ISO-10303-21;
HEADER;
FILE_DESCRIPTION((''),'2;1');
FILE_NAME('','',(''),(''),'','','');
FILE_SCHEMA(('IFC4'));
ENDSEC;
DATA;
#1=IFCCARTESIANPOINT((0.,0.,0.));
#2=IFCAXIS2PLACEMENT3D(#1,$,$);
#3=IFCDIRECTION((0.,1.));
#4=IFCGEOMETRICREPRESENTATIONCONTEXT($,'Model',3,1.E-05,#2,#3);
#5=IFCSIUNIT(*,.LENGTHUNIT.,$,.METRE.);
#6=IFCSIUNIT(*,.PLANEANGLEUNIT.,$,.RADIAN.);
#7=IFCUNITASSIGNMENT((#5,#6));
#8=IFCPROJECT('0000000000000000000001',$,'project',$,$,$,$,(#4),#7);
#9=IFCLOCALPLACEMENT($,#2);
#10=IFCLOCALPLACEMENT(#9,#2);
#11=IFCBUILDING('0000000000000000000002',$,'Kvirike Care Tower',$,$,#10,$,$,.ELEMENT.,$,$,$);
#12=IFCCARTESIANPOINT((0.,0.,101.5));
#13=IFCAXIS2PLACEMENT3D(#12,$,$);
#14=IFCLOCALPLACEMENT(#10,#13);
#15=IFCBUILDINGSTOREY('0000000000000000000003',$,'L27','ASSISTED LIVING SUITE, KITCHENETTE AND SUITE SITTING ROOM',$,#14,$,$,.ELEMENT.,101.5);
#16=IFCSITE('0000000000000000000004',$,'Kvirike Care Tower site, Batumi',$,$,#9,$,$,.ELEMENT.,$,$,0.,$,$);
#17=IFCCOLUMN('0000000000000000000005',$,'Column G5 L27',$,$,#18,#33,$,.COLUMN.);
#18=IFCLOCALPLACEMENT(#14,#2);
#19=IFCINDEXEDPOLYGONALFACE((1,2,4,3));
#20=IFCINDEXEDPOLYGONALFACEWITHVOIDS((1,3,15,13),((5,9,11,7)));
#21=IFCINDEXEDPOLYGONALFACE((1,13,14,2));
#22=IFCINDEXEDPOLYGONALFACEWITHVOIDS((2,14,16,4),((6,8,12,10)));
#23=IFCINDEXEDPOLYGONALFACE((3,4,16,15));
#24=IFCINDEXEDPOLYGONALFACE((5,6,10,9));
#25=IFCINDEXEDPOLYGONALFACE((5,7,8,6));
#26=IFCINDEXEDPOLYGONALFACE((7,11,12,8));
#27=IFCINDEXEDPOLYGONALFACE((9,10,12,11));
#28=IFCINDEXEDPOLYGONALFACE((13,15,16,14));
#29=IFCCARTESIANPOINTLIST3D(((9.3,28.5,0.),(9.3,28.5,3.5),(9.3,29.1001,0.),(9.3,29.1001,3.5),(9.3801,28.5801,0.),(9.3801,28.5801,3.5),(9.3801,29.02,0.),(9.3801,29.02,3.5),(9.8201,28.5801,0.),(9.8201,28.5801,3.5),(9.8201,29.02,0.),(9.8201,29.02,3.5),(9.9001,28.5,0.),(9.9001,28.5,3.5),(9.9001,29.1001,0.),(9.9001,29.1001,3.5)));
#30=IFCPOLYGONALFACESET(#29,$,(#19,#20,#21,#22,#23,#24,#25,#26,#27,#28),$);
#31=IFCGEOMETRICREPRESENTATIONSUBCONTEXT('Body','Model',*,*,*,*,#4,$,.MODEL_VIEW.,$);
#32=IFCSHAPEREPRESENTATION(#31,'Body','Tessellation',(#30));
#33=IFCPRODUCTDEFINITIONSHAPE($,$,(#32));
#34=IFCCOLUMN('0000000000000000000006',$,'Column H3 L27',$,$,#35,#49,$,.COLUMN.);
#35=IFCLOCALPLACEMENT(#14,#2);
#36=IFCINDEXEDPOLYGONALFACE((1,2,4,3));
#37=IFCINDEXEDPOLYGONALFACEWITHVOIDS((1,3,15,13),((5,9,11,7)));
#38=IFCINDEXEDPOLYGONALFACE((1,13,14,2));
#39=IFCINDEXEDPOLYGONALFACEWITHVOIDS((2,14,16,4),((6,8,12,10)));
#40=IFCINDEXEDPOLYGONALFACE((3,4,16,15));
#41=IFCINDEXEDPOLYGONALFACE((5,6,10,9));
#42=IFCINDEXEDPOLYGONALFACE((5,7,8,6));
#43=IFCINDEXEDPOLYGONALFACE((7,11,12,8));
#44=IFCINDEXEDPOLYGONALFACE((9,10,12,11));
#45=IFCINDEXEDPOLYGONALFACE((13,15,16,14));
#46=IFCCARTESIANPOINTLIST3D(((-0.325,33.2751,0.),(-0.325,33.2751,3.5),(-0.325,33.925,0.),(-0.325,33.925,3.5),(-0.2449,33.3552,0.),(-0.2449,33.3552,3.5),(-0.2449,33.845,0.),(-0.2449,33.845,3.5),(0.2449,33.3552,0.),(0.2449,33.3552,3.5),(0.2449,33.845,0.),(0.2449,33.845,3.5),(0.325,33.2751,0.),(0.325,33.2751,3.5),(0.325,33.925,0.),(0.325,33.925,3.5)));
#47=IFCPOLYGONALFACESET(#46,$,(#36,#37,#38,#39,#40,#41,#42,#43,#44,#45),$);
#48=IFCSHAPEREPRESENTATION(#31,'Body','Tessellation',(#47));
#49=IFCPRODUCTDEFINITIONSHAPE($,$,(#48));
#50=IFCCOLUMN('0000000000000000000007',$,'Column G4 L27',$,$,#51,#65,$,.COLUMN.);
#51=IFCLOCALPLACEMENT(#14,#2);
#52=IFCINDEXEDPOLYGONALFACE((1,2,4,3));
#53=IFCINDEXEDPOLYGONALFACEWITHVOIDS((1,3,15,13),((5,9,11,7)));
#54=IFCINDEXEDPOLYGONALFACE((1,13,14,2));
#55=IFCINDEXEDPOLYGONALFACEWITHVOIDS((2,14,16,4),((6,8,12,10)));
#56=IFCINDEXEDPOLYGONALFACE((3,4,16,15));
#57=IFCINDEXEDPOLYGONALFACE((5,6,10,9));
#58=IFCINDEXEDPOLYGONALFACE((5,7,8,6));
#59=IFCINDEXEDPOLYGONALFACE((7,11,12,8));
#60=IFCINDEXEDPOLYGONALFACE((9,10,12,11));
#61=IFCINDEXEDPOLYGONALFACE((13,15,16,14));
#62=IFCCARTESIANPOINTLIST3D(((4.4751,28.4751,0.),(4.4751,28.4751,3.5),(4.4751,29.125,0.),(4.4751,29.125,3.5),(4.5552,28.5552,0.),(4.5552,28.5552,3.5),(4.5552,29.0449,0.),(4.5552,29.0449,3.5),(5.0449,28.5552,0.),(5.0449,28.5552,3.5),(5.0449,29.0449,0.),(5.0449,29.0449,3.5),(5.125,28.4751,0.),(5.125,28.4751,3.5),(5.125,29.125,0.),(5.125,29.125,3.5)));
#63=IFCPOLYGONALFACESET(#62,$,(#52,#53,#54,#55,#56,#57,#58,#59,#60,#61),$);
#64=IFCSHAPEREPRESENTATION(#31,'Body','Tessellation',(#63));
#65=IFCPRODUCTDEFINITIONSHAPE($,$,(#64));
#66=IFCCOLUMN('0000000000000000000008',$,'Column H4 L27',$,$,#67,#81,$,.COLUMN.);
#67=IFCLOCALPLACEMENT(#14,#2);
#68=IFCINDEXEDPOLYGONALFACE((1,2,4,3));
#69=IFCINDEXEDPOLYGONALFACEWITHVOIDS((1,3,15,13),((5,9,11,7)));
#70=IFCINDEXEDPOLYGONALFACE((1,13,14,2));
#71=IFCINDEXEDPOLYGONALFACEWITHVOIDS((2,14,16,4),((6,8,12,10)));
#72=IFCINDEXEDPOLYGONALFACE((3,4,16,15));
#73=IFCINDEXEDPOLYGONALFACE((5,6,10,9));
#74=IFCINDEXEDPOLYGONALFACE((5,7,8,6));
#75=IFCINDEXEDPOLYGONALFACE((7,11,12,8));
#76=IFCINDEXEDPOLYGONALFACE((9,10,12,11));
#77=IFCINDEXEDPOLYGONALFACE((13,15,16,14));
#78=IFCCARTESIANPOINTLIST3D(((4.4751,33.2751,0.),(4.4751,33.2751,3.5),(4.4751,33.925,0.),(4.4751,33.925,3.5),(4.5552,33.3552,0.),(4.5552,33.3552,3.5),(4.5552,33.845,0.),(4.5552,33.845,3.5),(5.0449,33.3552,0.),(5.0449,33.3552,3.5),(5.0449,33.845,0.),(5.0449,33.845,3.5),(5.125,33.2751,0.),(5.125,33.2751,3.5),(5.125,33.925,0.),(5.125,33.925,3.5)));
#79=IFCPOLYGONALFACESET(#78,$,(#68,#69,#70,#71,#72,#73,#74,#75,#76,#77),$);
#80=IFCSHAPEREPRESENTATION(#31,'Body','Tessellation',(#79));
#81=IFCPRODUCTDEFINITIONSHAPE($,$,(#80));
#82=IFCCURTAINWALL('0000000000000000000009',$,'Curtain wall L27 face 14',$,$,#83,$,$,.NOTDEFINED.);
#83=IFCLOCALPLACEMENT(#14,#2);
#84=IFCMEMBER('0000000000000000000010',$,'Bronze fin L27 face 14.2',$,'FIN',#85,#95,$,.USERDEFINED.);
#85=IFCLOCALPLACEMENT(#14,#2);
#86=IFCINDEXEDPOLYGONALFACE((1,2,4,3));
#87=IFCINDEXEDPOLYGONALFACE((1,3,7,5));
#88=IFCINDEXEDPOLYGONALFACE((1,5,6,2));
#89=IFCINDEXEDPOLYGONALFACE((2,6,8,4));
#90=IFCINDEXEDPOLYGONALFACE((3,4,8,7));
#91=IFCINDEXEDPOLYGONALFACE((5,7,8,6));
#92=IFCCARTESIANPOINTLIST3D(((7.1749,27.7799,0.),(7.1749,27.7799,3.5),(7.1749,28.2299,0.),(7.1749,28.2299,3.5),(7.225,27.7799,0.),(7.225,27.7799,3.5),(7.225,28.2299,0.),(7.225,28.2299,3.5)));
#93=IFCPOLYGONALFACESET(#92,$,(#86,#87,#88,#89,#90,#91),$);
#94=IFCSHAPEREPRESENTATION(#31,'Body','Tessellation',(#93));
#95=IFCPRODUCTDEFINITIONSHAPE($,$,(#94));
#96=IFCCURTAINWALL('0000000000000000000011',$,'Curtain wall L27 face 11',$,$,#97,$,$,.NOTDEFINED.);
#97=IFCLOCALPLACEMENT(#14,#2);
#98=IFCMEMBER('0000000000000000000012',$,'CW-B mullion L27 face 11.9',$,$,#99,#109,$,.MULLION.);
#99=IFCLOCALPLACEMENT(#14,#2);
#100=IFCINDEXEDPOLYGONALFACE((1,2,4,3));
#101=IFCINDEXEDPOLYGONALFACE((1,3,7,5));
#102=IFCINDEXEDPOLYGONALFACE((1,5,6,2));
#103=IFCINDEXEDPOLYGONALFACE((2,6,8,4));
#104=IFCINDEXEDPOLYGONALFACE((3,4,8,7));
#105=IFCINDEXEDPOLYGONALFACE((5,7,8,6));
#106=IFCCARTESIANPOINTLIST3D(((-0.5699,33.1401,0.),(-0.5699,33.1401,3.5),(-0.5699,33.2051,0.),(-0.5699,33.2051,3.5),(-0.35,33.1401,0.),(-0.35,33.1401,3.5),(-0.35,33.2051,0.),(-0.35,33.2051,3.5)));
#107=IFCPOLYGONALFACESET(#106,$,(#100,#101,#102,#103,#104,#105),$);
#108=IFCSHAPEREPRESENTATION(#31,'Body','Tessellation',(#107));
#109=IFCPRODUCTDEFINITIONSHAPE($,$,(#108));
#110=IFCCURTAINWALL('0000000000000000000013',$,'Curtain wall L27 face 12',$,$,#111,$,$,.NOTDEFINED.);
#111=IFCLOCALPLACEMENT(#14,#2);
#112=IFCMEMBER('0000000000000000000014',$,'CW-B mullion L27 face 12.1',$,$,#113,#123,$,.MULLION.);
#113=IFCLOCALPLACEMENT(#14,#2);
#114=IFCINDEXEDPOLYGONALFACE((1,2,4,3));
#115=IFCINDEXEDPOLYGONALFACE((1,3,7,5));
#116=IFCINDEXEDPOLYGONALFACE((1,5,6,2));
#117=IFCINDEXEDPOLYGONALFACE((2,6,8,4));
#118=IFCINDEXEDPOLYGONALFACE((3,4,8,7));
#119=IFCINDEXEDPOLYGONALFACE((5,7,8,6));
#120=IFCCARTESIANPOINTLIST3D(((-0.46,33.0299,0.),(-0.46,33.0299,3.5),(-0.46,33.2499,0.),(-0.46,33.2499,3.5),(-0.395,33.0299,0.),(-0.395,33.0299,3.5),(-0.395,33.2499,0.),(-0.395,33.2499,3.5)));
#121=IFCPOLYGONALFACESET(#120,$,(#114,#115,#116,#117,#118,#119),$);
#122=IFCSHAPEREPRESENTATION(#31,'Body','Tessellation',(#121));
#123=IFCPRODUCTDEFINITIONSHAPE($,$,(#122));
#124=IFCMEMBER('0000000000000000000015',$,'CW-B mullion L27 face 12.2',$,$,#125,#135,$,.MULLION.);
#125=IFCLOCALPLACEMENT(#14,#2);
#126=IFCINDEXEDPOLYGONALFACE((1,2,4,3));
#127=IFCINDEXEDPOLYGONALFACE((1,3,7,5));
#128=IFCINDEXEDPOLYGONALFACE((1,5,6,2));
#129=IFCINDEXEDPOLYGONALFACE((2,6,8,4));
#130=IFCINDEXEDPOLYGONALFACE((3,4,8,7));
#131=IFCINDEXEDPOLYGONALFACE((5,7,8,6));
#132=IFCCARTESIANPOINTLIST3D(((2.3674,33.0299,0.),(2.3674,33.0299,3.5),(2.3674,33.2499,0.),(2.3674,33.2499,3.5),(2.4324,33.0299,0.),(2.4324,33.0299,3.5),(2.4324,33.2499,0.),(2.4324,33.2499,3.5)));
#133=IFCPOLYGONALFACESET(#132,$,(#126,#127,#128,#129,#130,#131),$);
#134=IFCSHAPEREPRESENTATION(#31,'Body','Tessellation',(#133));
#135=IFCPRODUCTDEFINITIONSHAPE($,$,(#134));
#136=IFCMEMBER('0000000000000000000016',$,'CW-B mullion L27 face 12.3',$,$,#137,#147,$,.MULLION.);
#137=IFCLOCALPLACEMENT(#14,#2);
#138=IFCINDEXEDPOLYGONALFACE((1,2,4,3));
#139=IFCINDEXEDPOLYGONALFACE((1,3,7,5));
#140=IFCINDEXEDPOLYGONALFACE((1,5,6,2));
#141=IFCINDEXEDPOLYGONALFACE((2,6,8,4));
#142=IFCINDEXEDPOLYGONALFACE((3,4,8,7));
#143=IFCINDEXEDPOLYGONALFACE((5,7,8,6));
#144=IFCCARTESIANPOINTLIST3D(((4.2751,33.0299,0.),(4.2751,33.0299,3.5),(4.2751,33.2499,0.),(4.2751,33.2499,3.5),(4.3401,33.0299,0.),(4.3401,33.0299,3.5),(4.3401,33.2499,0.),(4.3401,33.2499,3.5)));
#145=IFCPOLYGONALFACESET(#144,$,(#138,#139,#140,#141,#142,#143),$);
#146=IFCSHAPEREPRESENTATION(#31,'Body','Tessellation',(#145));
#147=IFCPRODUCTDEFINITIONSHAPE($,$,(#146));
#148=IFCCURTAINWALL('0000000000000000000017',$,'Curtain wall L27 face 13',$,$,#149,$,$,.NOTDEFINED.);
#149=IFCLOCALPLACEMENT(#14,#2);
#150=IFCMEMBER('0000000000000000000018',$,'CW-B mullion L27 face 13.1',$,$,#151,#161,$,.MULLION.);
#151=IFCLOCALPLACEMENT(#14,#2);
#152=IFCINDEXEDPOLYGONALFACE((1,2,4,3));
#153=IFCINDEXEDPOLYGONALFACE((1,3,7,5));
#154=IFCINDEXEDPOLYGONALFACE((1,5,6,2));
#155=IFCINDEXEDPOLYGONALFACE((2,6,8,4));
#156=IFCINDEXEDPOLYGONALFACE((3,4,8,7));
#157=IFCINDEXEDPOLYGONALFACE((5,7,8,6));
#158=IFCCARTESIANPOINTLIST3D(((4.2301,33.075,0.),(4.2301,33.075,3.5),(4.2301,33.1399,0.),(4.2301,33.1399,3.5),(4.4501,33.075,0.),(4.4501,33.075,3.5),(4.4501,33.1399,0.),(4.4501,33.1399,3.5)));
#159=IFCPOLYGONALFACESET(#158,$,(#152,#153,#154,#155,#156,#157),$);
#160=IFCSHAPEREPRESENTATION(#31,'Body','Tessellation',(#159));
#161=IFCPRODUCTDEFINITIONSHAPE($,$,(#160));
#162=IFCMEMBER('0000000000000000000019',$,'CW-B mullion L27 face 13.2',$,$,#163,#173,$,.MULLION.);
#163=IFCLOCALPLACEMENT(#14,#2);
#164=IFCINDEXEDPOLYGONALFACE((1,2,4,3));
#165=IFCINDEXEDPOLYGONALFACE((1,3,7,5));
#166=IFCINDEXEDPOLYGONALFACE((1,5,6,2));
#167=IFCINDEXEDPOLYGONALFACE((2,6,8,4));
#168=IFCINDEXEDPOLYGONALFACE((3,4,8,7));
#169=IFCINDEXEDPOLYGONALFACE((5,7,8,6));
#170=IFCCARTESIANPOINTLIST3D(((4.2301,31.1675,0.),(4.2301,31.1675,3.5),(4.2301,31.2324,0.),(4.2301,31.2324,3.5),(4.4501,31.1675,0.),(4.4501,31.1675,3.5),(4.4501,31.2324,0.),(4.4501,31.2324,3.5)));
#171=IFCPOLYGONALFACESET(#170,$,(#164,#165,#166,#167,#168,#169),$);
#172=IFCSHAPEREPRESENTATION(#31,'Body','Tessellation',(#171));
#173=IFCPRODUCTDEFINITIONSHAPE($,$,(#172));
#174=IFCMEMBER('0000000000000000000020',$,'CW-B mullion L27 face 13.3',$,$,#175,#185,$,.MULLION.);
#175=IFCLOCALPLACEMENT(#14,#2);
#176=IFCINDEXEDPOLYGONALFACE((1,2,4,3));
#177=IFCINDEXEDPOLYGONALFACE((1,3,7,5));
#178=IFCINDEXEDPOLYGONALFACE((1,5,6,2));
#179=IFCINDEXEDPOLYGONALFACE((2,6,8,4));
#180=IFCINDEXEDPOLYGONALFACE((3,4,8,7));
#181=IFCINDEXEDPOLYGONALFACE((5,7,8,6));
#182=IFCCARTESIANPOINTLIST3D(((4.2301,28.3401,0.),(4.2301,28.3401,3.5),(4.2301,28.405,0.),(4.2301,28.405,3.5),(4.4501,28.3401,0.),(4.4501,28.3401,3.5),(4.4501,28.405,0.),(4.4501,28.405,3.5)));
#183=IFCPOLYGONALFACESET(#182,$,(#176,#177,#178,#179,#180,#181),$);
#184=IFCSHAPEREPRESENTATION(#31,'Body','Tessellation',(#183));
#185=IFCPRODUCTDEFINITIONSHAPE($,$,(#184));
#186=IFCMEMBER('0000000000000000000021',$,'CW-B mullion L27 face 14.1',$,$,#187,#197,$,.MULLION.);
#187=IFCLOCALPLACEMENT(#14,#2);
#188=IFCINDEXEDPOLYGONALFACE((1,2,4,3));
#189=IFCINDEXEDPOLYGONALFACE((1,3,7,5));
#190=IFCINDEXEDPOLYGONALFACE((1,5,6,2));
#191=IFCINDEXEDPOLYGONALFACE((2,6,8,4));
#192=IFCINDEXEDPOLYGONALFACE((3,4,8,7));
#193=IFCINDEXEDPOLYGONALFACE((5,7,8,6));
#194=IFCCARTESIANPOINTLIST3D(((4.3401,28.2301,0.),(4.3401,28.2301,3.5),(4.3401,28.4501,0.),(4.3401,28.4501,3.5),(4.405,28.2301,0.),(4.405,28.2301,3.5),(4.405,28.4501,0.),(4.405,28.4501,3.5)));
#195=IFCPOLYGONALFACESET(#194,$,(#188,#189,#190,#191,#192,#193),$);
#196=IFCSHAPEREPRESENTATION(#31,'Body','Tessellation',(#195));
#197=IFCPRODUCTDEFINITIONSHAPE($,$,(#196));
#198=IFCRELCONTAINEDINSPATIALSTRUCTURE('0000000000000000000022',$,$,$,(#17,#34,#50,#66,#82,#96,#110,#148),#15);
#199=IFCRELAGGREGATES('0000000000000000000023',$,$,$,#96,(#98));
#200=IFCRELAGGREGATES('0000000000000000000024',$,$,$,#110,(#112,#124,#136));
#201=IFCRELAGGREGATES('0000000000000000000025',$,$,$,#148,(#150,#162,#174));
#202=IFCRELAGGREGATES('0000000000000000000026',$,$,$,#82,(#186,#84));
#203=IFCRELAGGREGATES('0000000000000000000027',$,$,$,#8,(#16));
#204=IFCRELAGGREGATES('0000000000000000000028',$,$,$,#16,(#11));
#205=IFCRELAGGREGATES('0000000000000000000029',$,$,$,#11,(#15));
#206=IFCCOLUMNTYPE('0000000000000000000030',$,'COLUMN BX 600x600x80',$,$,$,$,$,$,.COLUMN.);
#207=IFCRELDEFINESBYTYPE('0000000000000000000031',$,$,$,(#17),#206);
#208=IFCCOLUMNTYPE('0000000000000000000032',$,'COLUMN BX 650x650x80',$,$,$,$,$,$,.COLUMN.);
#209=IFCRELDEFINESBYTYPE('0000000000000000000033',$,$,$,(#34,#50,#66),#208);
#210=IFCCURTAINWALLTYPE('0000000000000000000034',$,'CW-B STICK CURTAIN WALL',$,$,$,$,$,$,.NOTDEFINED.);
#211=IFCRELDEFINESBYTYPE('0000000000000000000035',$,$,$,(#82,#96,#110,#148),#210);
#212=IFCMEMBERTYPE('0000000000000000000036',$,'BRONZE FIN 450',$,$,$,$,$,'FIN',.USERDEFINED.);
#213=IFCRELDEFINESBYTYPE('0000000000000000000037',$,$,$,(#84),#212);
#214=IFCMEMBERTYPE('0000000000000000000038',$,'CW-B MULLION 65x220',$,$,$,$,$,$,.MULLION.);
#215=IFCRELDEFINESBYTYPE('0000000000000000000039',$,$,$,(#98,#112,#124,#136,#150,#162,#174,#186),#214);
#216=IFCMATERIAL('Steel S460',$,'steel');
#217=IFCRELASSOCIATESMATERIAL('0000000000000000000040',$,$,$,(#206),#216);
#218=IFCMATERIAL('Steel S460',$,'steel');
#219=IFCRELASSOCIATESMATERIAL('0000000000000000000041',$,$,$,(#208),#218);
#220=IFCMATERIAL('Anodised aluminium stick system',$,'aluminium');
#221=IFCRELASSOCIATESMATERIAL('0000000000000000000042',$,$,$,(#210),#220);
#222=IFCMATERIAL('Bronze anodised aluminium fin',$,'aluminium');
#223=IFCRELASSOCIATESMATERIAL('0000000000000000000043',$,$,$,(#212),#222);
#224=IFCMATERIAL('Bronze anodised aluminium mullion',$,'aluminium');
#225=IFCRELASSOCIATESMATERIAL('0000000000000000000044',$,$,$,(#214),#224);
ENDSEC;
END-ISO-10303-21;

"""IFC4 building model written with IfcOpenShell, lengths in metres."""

from ifc_helpers import new_model, si_unit, direction, frame, origin, origin_2d, place, context, subcontext, project, spatial, rectangle, hollow_rectangle, extrude, material, material_profile, profile_set, type_object, element, aggregate, save


model = new_model("IFC4")

# Units and contexts
model_context = context("Model", 3, precision=1e-05, world=origin(), true_north=direction((0.0, 1.0)))
body_context = subcontext(model_context, "Body", "Model", "MODEL_VIEW")
ifc_project = project(units=[si_unit("LENGTHUNIT", "METRE"), si_unit("PLANEANGLEUNIT", "RADIAN")], contexts=[model_context])

# Site, building, storey
site_placement = place(None, origin())
site = spatial("IfcSite", under=ifc_project, at=site_placement, Name="Kvirike Care Tower site, Batumi", CompositionType="ELEMENT", RefElevation=0.0)
building_placement = place(site_placement, origin())
building = spatial("IfcBuilding", under=site, at=building_placement, Name="Kvirike Care Tower", CompositionType="ELEMENT")
storey_placement = place(building_placement, frame((0.0, 0.0, 101.5)))
storey = spatial("IfcBuildingStorey", under=building, at=storey_placement, Name="L27", Description="ASSISTED LIVING SUITE, KITCHENETTE AND SUITE SITTING ROOM", CompositionType="ELEMENT", Elevation=101.5)

# Columns
ifc_material_1 = material(Name="Steel S460", Category="steel")
ifc_material_profile_1 = material_profile(ifc_material_1, hollow_rectangle(XDim=0.6001, YDim=0.6001, WallThickness=0.0801, at=origin_2d()), Name="BX 600x600x80")
ifc_profile_set_1 = profile_set([ifc_material_profile_1], Name="Steel S460")
column_type_1 = type_object("IfcColumnType", Name="COLUMN BX 600x600x80", PredefinedType="COLUMN", material=ifc_profile_set_1)
column_placement = place(storey_placement, frame((9.6001, 28.8, 0.0), z_axis=(0.0, 0.0, 1.0), x_axis=(0.0, 1.0, 0.0)))
element("IfcColumn", 1, at=column_placement, inside=storey, type_object=column_type_1, Name="Column G5 L27", PredefinedType="COLUMN", context=body_context, shape_type="SweptSolid", body=[
    extrude(hollow_rectangle(XDim=0.6001, YDim=0.6001, WallThickness=0.0801, at=origin_2d()), origin(), (0.0, 0.0, 1.0), 3.5),
])
ifc_material_2 = material(Name="Steel S460", Category="steel")
ifc_material_profile_2 = material_profile(ifc_material_2, hollow_rectangle(XDim=0.6499, YDim=0.6499, WallThickness=0.0801, at=origin_2d()), Name="BX 650x650x80")
ifc_profile_set_2 = profile_set([ifc_material_profile_2], Name="Steel S460")
column_type_2 = type_object("IfcColumnType", Name="COLUMN BX 650x650x80", PredefinedType="COLUMN", material=ifc_profile_set_2)
for number, where, z_axis, x_axis, name in (
    (2, (0.0, 33.6001, 0.0), (0.0, 0.0, 1.0), (0.0, 1.0, 0.0), "Column H3 L27"),
    (3, (4.8, 28.8, 0.0), (0.0, 0.0, 1.0), (0.0, 1.0, 0.0), "Column G4 L27"),
    (4, (4.8, 33.6001, 0.0), (0.0, 0.0, 1.0), (0.0, 1.0, 0.0), "Column H4 L27"),
):
    element("IfcColumn", number, at=place(storey_placement, frame(where, z_axis=z_axis, x_axis=x_axis)), inside=storey, type_object=column_type_2, Name=name, PredefinedType="COLUMN", context=body_context, shape_type="SweptSolid", body=[
        extrude(hollow_rectangle(XDim=0.6499, YDim=0.6499, WallThickness=0.0801, at=origin_2d()), origin(), (0.0, 0.0, 1.0), 3.5),
    ])

# Curtain walls, members
ifc_material_3 = material(Name="Anodised aluminium stick system", Category="aluminium")
curtain_wall_type = type_object("IfcCurtainWallType", Name="CW-B STICK CURTAIN WALL", PredefinedType="NOTDEFINED", material=ifc_material_3)
curtain_wall_1_placement = place(storey_placement, origin())
curtain_wall_1 = element("IfcCurtainWall", 5, at=curtain_wall_1_placement, inside=storey, type_object=curtain_wall_type, Name="Curtain wall L27 face 14", PredefinedType="NOTDEFINED")
ifc_material_4 = material(Name="Bronze anodised aluminium fin", Category="aluminium")
ifc_material_profile_3 = material_profile(ifc_material_4, rectangle(XDim=0.05, YDim=0.45, at=origin_2d()), Name="BRONZE FIN 450")
ifc_profile_set_3 = profile_set([ifc_material_profile_3], Name="Bronze anodised aluminium fin")
member_type_1 = type_object("IfcMemberType", Name="BRONZE FIN 450", ElementType="FIN", PredefinedType="USERDEFINED", material=ifc_profile_set_3)
member_1_placement = place(storey_placement, frame((7.2, 28.0049, 0.0), z_axis=(0.0, 0.0, 1.0), x_axis=(1.0, 0.0, 0.0)))
member_1 = element("IfcMember", 6, at=member_1_placement, type_object=member_type_1, Name="Bronze fin L27 face 14.2", ObjectType="FIN", PredefinedType="USERDEFINED", context=body_context, shape_type="SweptSolid", body=[
    extrude(rectangle(XDim=0.05, YDim=0.45, at=origin_2d()), origin(), (0.0, 0.0, 1.0), 3.5),
])
curtain_wall_2_placement = place(storey_placement, origin())
curtain_wall_2 = element("IfcCurtainWall", 7, at=curtain_wall_2_placement, inside=storey, type_object=curtain_wall_type, Name="Curtain wall L27 face 11", PredefinedType="NOTDEFINED")
ifc_material_5 = material(Name="Bronze anodised aluminium mullion", Category="aluminium")
ifc_material_profile_4 = material_profile(ifc_material_5, rectangle(XDim=0.0649, YDim=0.22, at=origin_2d()), Name="CW-B MULLION 65x220")
ifc_profile_set_4 = profile_set([ifc_material_profile_4], Name="Bronze anodised aluminium mullion")
member_type_2 = type_object("IfcMemberType", Name="CW-B MULLION 65x220", PredefinedType="MULLION", material=ifc_profile_set_4)
member_2_placement = place(storey_placement, frame((-0.46, 33.1726, 0.0), z_axis=(0.0, 0.0, 1.0), x_axis=(0.0, -1.0, 0.0)))
member_2 = element("IfcMember", 8, at=member_2_placement, type_object=member_type_2, Name="CW-B mullion L27 face 11.9", PredefinedType="MULLION", context=body_context, shape_type="SweptSolid", body=[
    extrude(rectangle(XDim=0.0649, YDim=0.22, at=origin_2d()), origin(), (0.0, 0.0, 1.0), 3.5),
])
aggregate(curtain_wall_2, [member_2])

# Curtain walls, members
curtain_wall_3_placement = place(storey_placement, origin())
curtain_wall_3 = element("IfcCurtainWall", 9, at=curtain_wall_3_placement, inside=storey, type_object=curtain_wall_type, Name="Curtain wall L27 face 12", PredefinedType="NOTDEFINED")
member_3_placement = place(storey_placement, frame((-0.4275, 33.1399, 0.0), z_axis=(0.0, 0.0, 1.0), x_axis=(1.0, 0.0, 0.0)))
member_3 = element("IfcMember", 10, at=member_3_placement, type_object=member_type_2, Name="CW-B mullion L27 face 12.1", PredefinedType="MULLION", context=body_context, shape_type="SweptSolid", body=[
    extrude(rectangle(XDim=0.0649, YDim=0.22, at=origin_2d()), origin(), (0.0, 0.0, 1.0), 3.5),
])
member_4_placement = place(storey_placement, frame((2.3999, 33.1399, 0.0), z_axis=(0.0, 0.0, 1.0), x_axis=(1.0, 0.0, 0.0)))
member_4 = element("IfcMember", 11, at=member_4_placement, type_object=member_type_2, Name="CW-B mullion L27 face 12.2", PredefinedType="MULLION", context=body_context, shape_type="SweptSolid", body=[
    extrude(rectangle(XDim=0.0649, YDim=0.22, at=origin_2d()), origin(), (0.0, 0.0, 1.0), 3.5),
])
member_5_placement = place(storey_placement, frame((4.3076, 33.1399, 0.0), z_axis=(0.0, 0.0, 1.0), x_axis=(1.0, 0.0, 0.0)))
member_5 = element("IfcMember", 12, at=member_5_placement, type_object=member_type_2, Name="CW-B mullion L27 face 12.3", PredefinedType="MULLION", context=body_context, shape_type="SweptSolid", body=[
    extrude(rectangle(XDim=0.0649, YDim=0.22, at=origin_2d()), origin(), (0.0, 0.0, 1.0), 3.5),
])
curtain_wall_4_placement = place(storey_placement, origin())
curtain_wall_4 = element("IfcCurtainWall", 13, at=curtain_wall_4_placement, inside=storey, type_object=curtain_wall_type, Name="Curtain wall L27 face 13", PredefinedType="NOTDEFINED")
member_6_placement = place(storey_placement, frame((4.3401, 33.1074, 0.0), z_axis=(0.0, 0.0, 1.0), x_axis=(0.0, -1.0, 0.0)))
member_6 = element("IfcMember", 14, at=member_6_placement, type_object=member_type_2, Name="CW-B mullion L27 face 13.1", PredefinedType="MULLION", context=body_context, shape_type="SweptSolid", body=[
    extrude(rectangle(XDim=0.0649, YDim=0.22, at=origin_2d()), origin(), (0.0, 0.0, 1.0), 3.5),
])
member_7_placement = place(storey_placement, frame((4.3401, 31.2, 0.0), z_axis=(0.0, 0.0, 1.0), x_axis=(0.0, -1.0, 0.0)))
member_7 = element("IfcMember", 15, at=member_7_placement, type_object=member_type_2, Name="CW-B mullion L27 face 13.2", PredefinedType="MULLION", context=body_context, shape_type="SweptSolid", body=[
    extrude(rectangle(XDim=0.0649, YDim=0.22, at=origin_2d()), origin(), (0.0, 0.0, 1.0), 3.5),
])
member_8_placement = place(storey_placement, frame((4.3401, 28.3726, 0.0), z_axis=(0.0, 0.0, 1.0), x_axis=(0.0, -1.0, 0.0)))
member_8 = element("IfcMember", 16, at=member_8_placement, type_object=member_type_2, Name="CW-B mullion L27 face 13.3", PredefinedType="MULLION", context=body_context, shape_type="SweptSolid", body=[
    extrude(rectangle(XDim=0.0649, YDim=0.22, at=origin_2d()), origin(), (0.0, 0.0, 1.0), 3.5),
])

# Member
member_9_placement = place(storey_placement, frame((4.3726, 28.3401, 0.0), z_axis=(0.0, 0.0, 1.0), x_axis=(1.0, 0.0, 0.0)))
member_9 = element("IfcMember", 17, at=member_9_placement, type_object=member_type_2, Name="CW-B mullion L27 face 14.1", PredefinedType="MULLION", context=body_context, shape_type="SweptSolid", body=[
    extrude(rectangle(XDim=0.0649, YDim=0.22, at=origin_2d()), origin(), (0.0, 0.0, 1.0), 3.5),
])

aggregate(curtain_wall_3, [member_3, member_4, member_5])
aggregate(curtain_wall_4, [member_6, member_7, member_8])
aggregate(curtain_wall_1, [member_9, member_1])

save(model, "model.ifc")
